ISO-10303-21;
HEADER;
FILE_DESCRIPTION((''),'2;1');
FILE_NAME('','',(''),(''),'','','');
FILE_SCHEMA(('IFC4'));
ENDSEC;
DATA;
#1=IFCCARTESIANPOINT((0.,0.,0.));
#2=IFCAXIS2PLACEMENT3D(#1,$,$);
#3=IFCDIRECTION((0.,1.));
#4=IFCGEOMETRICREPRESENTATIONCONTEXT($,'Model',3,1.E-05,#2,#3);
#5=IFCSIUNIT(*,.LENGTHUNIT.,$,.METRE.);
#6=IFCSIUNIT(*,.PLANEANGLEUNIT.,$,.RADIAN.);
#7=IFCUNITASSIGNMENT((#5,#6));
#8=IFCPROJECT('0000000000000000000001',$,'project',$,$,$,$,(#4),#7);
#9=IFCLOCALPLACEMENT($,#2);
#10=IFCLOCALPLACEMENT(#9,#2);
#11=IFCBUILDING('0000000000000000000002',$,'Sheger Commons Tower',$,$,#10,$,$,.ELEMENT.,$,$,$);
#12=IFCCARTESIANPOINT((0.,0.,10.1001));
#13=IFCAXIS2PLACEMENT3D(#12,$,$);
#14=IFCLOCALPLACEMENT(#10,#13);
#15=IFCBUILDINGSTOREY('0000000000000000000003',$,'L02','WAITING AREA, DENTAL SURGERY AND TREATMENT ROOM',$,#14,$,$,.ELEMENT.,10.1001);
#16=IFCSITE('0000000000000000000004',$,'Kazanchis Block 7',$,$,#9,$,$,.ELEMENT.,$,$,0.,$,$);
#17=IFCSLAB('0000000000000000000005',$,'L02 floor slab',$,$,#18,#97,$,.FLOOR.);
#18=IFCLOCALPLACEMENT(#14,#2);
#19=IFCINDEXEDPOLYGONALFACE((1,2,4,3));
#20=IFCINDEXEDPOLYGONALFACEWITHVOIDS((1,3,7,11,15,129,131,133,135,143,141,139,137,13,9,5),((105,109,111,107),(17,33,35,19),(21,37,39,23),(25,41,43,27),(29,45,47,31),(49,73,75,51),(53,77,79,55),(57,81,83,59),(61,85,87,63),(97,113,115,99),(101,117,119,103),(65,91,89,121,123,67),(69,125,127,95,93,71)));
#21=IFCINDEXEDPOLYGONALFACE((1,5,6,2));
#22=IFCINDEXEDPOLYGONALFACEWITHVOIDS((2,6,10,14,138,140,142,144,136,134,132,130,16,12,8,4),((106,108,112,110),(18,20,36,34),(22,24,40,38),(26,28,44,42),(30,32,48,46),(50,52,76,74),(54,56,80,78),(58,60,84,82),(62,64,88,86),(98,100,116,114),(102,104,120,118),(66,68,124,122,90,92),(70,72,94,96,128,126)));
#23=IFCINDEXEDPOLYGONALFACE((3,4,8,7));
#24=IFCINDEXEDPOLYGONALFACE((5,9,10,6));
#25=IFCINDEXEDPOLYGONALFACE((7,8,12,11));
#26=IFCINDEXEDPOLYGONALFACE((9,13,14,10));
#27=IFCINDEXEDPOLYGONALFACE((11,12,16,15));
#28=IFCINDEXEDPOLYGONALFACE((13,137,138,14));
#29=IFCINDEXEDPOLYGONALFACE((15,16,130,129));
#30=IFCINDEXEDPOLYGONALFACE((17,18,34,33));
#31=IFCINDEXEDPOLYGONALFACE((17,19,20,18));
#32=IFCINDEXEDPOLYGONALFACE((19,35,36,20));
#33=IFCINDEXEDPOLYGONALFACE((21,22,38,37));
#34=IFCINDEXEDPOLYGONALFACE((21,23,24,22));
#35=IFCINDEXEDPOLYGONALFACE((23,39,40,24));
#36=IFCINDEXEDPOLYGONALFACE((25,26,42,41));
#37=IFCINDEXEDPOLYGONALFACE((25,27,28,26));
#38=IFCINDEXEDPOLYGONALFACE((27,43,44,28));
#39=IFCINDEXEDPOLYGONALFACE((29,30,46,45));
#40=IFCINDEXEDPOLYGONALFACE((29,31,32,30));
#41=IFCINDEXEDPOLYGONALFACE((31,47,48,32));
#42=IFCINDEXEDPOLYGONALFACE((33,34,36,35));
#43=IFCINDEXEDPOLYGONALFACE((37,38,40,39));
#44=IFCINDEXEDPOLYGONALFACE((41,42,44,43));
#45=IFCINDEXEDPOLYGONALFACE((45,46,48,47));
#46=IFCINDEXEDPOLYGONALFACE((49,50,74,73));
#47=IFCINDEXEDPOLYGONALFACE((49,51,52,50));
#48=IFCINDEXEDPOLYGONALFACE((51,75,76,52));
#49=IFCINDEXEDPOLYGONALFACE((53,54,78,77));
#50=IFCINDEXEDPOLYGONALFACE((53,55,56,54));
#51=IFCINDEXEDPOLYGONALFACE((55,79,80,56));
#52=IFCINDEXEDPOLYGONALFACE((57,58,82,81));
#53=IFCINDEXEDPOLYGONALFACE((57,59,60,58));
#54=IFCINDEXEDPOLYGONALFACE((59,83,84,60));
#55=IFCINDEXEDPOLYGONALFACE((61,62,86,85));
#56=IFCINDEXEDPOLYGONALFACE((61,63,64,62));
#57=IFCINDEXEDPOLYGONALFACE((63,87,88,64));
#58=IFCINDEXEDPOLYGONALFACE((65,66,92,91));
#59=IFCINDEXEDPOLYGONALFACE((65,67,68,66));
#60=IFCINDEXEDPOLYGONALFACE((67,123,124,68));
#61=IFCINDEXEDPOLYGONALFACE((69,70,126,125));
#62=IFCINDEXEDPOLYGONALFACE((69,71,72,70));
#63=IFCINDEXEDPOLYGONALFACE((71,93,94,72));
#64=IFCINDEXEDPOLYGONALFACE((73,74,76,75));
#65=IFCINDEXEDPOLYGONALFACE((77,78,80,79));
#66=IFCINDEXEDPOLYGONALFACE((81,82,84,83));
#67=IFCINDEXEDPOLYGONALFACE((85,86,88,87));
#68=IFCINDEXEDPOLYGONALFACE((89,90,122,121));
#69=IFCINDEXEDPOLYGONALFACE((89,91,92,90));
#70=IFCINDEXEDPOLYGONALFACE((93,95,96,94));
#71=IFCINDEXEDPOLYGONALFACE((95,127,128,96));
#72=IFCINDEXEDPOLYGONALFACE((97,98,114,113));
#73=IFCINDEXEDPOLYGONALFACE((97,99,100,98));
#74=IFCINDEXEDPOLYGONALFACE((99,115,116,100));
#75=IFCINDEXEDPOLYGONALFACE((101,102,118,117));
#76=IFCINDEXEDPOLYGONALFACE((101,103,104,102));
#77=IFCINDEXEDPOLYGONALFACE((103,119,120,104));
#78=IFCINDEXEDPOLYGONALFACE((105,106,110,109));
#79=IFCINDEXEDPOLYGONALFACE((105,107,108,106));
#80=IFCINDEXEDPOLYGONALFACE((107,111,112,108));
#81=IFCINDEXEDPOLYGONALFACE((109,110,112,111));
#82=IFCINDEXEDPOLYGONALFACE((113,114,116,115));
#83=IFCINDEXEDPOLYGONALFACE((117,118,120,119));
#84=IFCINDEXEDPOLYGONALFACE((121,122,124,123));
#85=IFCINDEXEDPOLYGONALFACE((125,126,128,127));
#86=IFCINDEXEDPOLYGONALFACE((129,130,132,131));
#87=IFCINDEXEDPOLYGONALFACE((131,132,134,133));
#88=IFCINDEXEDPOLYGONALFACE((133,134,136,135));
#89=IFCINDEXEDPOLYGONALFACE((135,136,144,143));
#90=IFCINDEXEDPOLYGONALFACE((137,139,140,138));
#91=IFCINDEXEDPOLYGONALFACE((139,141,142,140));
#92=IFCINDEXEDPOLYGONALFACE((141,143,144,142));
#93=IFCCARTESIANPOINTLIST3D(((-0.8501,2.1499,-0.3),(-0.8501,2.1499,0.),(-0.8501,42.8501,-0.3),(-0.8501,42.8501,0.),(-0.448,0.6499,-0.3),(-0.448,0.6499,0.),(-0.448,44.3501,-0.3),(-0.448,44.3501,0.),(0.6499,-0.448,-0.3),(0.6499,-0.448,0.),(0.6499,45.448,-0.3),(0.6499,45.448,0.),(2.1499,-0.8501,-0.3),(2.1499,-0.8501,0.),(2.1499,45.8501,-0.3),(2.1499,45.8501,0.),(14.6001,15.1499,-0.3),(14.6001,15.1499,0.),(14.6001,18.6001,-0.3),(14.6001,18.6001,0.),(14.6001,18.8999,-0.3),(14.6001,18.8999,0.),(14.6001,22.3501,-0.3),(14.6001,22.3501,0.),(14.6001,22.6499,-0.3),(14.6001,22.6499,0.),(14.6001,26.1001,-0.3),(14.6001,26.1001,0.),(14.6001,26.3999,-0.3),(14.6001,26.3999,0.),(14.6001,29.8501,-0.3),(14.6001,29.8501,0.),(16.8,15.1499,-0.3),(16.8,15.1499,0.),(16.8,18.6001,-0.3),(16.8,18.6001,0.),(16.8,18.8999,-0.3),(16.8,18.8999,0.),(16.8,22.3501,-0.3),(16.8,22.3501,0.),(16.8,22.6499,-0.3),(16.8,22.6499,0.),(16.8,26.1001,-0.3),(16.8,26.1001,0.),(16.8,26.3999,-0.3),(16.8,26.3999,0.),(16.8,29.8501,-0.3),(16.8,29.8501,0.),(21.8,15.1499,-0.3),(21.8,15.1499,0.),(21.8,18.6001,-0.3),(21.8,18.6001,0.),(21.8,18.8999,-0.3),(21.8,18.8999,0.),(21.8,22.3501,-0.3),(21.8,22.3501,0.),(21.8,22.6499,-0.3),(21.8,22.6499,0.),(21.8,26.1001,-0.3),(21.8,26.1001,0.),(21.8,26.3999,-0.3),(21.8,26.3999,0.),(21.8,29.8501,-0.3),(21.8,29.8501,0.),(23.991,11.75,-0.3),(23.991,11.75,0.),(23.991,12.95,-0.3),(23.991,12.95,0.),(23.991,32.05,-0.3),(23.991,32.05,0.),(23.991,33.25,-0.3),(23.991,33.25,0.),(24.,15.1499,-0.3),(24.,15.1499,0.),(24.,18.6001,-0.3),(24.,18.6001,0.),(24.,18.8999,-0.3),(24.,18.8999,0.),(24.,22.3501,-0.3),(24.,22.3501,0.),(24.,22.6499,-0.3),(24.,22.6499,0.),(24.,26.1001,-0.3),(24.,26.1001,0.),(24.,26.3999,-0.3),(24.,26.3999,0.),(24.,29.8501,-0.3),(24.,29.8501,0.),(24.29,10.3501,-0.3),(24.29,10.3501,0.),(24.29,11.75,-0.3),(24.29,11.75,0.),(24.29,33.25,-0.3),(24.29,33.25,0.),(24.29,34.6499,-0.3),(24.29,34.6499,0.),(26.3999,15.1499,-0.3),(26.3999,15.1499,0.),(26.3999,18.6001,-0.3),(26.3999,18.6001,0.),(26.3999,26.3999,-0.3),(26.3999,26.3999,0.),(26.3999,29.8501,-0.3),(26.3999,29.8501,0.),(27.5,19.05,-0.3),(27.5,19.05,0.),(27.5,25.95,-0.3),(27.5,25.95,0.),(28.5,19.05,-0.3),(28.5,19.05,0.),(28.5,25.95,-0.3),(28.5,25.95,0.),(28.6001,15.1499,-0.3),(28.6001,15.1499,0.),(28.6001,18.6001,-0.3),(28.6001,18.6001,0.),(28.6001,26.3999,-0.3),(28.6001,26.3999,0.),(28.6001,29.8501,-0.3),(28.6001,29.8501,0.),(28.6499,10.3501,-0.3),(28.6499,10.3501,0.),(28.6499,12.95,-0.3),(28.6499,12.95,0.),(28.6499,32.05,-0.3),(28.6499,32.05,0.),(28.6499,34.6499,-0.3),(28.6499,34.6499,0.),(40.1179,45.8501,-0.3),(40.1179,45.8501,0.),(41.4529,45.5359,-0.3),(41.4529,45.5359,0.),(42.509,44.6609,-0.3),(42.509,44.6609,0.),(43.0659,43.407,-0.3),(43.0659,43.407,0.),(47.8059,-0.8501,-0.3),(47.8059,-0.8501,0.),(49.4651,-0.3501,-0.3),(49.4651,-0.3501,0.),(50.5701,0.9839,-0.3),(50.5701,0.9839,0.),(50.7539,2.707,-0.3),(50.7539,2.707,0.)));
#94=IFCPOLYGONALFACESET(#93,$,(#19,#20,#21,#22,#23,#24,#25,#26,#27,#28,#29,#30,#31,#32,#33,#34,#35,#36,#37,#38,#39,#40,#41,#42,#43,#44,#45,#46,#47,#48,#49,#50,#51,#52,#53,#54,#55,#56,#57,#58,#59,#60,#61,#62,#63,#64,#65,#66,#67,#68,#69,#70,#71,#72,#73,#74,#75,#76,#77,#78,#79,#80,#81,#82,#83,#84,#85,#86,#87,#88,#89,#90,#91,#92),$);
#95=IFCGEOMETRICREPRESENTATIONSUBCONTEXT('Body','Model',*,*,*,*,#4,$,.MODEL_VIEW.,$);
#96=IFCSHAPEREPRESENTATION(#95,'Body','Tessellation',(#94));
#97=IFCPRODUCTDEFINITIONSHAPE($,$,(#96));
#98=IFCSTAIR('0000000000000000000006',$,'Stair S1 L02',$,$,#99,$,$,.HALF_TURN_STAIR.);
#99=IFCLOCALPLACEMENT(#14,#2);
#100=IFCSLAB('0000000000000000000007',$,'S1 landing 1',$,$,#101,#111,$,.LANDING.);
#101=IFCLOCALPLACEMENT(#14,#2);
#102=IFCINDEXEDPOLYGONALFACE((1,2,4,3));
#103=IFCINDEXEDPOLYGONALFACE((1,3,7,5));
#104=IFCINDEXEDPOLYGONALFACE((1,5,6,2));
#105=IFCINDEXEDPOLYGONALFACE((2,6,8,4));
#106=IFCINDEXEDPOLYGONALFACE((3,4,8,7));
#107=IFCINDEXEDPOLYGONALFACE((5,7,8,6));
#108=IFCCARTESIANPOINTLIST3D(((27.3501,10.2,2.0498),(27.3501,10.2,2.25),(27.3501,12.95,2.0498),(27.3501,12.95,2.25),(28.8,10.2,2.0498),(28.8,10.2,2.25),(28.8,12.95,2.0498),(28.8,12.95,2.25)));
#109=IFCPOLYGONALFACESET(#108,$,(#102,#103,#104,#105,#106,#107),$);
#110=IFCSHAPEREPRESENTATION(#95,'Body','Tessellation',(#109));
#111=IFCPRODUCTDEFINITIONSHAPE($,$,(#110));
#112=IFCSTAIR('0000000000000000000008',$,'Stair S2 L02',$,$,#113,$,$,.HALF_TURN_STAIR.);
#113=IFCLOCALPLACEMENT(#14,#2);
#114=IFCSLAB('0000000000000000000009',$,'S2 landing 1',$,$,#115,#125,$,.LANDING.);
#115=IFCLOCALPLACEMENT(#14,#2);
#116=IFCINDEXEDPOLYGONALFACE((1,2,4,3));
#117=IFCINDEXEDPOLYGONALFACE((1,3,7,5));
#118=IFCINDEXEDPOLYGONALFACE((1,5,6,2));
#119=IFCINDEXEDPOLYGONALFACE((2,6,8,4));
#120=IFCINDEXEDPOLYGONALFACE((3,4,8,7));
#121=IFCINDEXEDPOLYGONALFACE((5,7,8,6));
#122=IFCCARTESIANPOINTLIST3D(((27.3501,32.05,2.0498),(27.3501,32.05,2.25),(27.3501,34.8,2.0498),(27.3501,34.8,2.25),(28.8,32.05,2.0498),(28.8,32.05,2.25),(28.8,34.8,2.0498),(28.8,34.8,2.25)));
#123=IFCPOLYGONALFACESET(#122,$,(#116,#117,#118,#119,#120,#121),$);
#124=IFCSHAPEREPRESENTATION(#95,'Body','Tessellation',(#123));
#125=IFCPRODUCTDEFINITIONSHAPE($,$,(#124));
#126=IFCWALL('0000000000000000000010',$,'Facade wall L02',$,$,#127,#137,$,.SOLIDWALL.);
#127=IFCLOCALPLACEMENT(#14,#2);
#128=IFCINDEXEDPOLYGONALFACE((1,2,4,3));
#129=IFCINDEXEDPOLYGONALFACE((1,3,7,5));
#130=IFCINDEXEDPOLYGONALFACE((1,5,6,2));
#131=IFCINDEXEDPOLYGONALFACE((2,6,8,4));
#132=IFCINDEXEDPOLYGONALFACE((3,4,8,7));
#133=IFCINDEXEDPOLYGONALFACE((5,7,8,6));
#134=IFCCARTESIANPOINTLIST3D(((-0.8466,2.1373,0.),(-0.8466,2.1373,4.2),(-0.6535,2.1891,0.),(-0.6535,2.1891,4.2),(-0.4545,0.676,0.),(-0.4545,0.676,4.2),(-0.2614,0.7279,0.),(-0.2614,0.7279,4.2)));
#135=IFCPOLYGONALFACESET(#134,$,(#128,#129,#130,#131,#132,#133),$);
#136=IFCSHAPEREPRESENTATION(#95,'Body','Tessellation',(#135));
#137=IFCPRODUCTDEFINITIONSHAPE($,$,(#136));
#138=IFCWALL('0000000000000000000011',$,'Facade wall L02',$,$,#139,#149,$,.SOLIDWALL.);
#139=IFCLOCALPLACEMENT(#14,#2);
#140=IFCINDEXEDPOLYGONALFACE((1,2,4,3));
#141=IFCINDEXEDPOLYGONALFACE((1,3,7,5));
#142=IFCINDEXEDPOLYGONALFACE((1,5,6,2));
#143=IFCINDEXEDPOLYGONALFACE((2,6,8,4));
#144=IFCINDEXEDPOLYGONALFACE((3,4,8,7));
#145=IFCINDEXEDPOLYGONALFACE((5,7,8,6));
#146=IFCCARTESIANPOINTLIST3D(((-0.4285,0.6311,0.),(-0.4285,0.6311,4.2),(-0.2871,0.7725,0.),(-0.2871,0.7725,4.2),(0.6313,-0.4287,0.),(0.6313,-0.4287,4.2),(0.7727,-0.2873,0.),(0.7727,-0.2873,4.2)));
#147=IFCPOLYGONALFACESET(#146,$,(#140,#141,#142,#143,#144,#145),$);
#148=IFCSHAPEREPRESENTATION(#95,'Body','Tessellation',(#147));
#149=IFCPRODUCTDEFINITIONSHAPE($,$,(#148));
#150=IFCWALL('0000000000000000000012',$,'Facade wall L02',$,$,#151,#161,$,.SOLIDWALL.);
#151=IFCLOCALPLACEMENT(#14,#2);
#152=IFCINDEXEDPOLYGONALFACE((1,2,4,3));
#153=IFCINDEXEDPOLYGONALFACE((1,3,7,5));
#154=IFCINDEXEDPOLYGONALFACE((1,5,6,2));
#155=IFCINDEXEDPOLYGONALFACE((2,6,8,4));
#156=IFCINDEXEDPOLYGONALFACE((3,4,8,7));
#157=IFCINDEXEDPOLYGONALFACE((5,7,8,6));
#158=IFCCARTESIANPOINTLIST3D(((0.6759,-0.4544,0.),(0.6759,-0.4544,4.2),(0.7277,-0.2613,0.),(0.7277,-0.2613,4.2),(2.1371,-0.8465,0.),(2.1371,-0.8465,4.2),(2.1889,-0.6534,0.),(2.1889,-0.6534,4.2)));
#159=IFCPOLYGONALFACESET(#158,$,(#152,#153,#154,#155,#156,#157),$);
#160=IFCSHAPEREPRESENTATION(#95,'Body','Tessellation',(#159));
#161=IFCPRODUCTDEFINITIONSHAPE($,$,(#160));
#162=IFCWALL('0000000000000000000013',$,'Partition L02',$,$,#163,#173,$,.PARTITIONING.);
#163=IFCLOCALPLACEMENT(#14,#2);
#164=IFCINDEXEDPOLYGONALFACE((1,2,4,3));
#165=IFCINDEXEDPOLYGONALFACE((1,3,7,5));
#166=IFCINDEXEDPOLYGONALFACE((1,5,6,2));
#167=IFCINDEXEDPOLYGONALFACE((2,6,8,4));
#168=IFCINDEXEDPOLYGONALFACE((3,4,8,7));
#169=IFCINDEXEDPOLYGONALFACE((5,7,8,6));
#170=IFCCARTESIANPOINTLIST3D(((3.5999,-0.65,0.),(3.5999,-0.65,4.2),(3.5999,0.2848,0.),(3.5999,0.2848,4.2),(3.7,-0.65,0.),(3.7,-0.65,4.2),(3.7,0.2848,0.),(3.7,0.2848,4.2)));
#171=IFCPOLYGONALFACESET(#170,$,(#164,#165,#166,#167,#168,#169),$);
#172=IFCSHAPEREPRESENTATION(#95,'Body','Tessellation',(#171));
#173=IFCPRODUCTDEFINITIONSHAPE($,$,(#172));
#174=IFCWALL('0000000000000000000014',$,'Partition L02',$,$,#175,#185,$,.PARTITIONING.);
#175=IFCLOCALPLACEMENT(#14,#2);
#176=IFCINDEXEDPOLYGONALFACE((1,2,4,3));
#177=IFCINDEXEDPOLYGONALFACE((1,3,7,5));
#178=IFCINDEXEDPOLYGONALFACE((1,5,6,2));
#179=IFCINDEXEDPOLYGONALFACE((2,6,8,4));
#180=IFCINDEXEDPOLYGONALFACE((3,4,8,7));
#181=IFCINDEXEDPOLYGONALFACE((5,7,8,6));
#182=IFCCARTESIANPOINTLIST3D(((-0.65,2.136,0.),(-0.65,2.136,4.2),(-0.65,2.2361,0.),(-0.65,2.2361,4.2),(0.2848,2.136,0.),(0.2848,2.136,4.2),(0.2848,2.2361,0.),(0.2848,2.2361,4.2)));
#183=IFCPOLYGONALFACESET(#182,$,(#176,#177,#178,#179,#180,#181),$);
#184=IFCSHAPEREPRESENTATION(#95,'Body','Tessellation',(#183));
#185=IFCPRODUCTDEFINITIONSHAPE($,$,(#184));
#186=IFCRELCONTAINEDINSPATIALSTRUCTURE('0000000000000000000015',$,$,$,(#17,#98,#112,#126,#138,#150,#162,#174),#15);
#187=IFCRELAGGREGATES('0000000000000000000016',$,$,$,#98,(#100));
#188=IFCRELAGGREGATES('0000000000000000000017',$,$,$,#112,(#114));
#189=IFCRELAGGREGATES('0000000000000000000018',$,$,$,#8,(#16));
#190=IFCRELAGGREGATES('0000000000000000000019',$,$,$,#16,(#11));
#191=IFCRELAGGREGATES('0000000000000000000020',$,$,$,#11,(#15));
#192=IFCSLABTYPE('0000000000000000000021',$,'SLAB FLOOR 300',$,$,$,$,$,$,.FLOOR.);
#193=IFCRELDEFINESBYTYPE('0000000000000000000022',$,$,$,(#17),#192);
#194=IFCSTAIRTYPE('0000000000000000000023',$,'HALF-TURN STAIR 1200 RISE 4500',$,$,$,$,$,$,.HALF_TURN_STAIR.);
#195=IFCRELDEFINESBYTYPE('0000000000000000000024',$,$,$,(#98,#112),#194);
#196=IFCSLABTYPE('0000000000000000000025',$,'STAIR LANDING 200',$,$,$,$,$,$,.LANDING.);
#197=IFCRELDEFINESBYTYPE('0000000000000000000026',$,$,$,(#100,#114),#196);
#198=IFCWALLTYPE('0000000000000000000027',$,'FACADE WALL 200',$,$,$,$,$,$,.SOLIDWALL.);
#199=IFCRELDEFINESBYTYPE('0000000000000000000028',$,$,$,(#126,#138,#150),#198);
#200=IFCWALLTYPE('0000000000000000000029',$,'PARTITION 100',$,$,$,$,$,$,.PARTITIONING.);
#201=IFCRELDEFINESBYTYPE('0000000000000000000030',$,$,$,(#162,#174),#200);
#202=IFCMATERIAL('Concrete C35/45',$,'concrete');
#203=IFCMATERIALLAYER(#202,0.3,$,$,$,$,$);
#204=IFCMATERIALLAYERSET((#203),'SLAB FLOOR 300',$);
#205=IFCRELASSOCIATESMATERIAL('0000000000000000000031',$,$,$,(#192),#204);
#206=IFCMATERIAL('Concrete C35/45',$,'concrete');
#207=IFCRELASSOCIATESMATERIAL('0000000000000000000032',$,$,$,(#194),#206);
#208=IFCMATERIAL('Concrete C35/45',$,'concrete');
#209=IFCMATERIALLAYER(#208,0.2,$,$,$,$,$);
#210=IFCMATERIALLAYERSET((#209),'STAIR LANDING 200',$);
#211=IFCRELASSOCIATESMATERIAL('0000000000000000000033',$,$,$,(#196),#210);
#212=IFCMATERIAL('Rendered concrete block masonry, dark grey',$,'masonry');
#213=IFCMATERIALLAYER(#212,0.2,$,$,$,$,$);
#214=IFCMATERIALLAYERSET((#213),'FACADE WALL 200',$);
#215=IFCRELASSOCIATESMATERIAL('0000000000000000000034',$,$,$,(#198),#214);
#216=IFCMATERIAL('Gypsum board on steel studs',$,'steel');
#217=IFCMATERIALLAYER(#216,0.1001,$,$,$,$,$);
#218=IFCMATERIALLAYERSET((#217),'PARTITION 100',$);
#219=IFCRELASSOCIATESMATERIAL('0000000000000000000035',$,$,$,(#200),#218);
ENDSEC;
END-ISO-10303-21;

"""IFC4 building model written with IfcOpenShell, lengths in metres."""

from ifc_helpers import new_model, si_unit, direction, frame, frame_2d, origin, place, context, subcontext, project, spatial, polyline, rectangle, outline, extrude, material, layer, layer_set, type_object, element, aggregate, save


model = new_model("IFC4")

# Units and contexts
model_context = context("Model", 3, precision=1e-05, world=origin(), true_north=direction((0.0, 1.0)))
body_context = subcontext(model_context, "Body", "Model", "MODEL_VIEW")
ifc_project = project(units=[si_unit("LENGTHUNIT", "METRE"), si_unit("PLANEANGLEUNIT", "RADIAN")], contexts=[model_context])

# Site, building, storey
site_placement = place(None, origin())
site = spatial("IfcSite", under=ifc_project, at=site_placement, Name="Kazanchis Block 7", CompositionType="ELEMENT", RefElevation=0.0)
building_placement = place(site_placement, origin())
building = spatial("IfcBuilding", under=site, at=building_placement, Name="Sheger Commons Tower", CompositionType="ELEMENT")
storey_placement = place(building_placement, frame((0.0, 0.0, 10.1001)))
storey = spatial("IfcBuildingStorey", under=building, at=storey_placement, Name="L02", Description="WAITING AREA, DENTAL SURGERY AND TREATMENT ROOM", CompositionType="ELEMENT", Elevation=10.1001)

# Slab
ifc_material_1 = material(Name="Concrete C35/45", Category="concrete")
ifc_layer_1 = layer(ifc_material_1, 0.3)
ifc_layer_set_1 = layer_set([ifc_layer_1], Name="SLAB FLOOR 300")
slab_type_1 = type_object("IfcSlabType", Name="SLAB FLOOR 300", PredefinedType="FLOOR", material=ifc_layer_set_1)
slab_1_placement = place(storey_placement, frame((0.0, 0.0, -0.3)))
element("IfcSlab", 1, at=slab_1_placement, inside=storey, type_object=slab_type_1, Name="L02 floor slab", PredefinedType="FLOOR", context=body_context, shape_type="SweptSolid", body=[
    extrude(outline(polyline([(-0.8501, 2.1499), (-0.448, 0.6499), (0.6499, -0.448), (2.1499, -0.8501), (47.8059, -0.8501), (49.4651, -0.3501), (50.5701, 0.9839), (50.7539, 2.707), (43.0659, 43.407), (42.509, 44.6609), (41.4529, 45.5359), (40.1179, 45.8501), (2.1499, 45.8501), (0.6499, 45.448), (-0.448, 44.3501), (-0.8501, 42.8501), (-0.8501, 2.1499)]), holes=[polyline([(24.29, 10.3501), (28.6499, 10.3501), (28.6499, 12.95), (23.991, 12.95), (23.991, 11.75), (24.29, 11.75), (24.29, 10.3501)]), polyline([(23.991, 32.05), (28.6499, 32.05), (28.6499, 34.6499), (24.29, 34.6499), (24.29, 33.25), (23.991, 33.25), (23.991, 32.05)]), polyline([(26.3999, 15.1499), (28.6001, 15.1499), (28.6001, 18.6001), (26.3999, 18.6001), (26.3999, 15.1499)]), polyline([(26.3999, 26.3999), (28.6001, 26.3999), (28.6001, 29.8501), (26.3999, 29.8501), (26.3999, 26.3999)]), polyline([(14.6001, 15.1499), (16.8, 15.1499), (16.8, 18.6001), (14.6001, 18.6001), (14.6001, 15.1499)]), polyline([(14.6001, 18.8999), (16.8, 18.8999), (16.8, 22.3501), (14.6001, 22.3501), (14.6001, 18.8999)]), polyline([(14.6001, 22.6499), (16.8, 22.6499), (16.8, 26.1001), (14.6001, 26.1001), (14.6001, 22.6499)]), polyline([(14.6001, 26.3999), (16.8, 26.3999), (16.8, 29.8501), (14.6001, 29.8501), (14.6001, 26.3999)]), polyline([(21.8, 15.1499), (24.0, 15.1499), (24.0, 18.6001), (21.8, 18.6001), (21.8, 15.1499)]), polyline([(21.8, 18.8999), (24.0, 18.8999), (24.0, 22.3501), (21.8, 22.3501), (21.8, 18.8999)]), polyline([(21.8, 22.6499), (24.0, 22.6499), (24.0, 26.1001), (21.8, 26.1001), (21.8, 22.6499)]), polyline([(21.8, 26.3999), (24.0, 26.3999), (24.0, 29.8501), (21.8, 29.8501), (21.8, 26.3999)]), polyline([(27.5, 19.05), (28.5, 19.05), (28.5, 25.95), (27.5, 25.95), (27.5, 19.05)])]), origin(), (0.0, 0.0, 1.0), 0.3),
])

# Stairs, slabs
ifc_material_2 = material(Name="Concrete C35/45", Category="concrete")
stair_type = type_object("IfcStairType", Name="HALF-TURN STAIR 1200 RISE 4500", PredefinedType="HALF_TURN_STAIR", material=ifc_material_2)
stair_1_placement = place(storey_placement, origin())
stair_1 = element("IfcStair", 2, at=stair_1_placement, inside=storey, type_object=stair_type, Name="Stair S1 L02", PredefinedType="HALF_TURN_STAIR")
ifc_material_3 = material(Name="Concrete C35/45", Category="concrete")
ifc_layer_2 = layer(ifc_material_3, 0.2)
ifc_layer_set_2 = layer_set([ifc_layer_2], Name="STAIR LANDING 200")
slab_type_2 = type_object("IfcSlabType", Name="STAIR LANDING 200", PredefinedType="LANDING", material=ifc_layer_set_2)
slab_2_placement = place(storey_placement, frame((0.0, 0.0, 2.0498)))
slab_2 = element("IfcSlab", 3, at=slab_2_placement, type_object=slab_type_2, Name="S1 landing 1", PredefinedType="LANDING", context=body_context, shape_type="SweptSolid", body=[
    extrude(outline(polyline([(27.3501, 10.2), (28.8, 10.2), (28.8, 12.95), (27.3501, 12.95), (27.3501, 10.2)])), origin(), (0.0, 0.0, 1.0), 0.2002),
])
aggregate(stair_1, [slab_2])
stair_2_placement = place(storey_placement, origin())
stair_2 = element("IfcStair", 4, at=stair_2_placement, inside=storey, type_object=stair_type, Name="Stair S2 L02", PredefinedType="HALF_TURN_STAIR")
slab_3_placement = place(storey_placement, frame((0.0, 0.0, 2.0498)))
slab_3 = element("IfcSlab", 5, at=slab_3_placement, type_object=slab_type_2, Name="S2 landing 1", PredefinedType="LANDING", context=body_context, shape_type="SweptSolid", body=[
    extrude(outline(polyline([(27.3501, 32.05), (28.8, 32.05), (28.8, 34.8), (27.3501, 34.8), (27.3501, 32.05)])), origin(), (0.0, 0.0, 1.0), 0.2002),
])
aggregate(stair_2, [slab_3])

# Walls
ifc_material_4 = material(Name="Rendered concrete block masonry, dark grey", Category="masonry")
ifc_layer_3 = layer(ifc_material_4, 0.2)
ifc_layer_set_3 = layer_set([ifc_layer_3], Name="FACADE WALL 200")
wall_type_1 = type_object("IfcWallType", Name="FACADE WALL 200", PredefinedType="SOLIDWALL", material=ifc_layer_set_3)
wall_1_placement = place(storey_placement, frame((-0.75, 2.1631, 0.0), z_axis=(0.0, 0.0, 1.0), x_axis=(0.259169, -0.965832, 0.0)))
element("IfcWall", 6, at=wall_1_placement, inside=storey, type_object=wall_type_1, Name="Facade wall L02", PredefinedType="SOLIDWALL", context=body_context, shape_type="SweptSolid", body=[
    extrude(rectangle(XDim=1.5129, YDim=0.2, at=frame_2d((0.7563, 0.0))), origin(), (0.0, 0.0, 1.0), 4.2),
])
wall_2_placement = place(storey_placement, frame((-0.3579, 0.7019, 0.0), z_axis=(0.0, 0.0, 1.0), x_axis=(0.707107, -0.707107, 0.0)))
element("IfcWall", 7, at=wall_2_placement, inside=storey, type_object=wall_type_1, Name="Facade wall L02", PredefinedType="SOLIDWALL", context=body_context, shape_type="SweptSolid", body=[
    extrude(rectangle(XDim=1.4988, YDim=0.2, at=frame_2d((0.7495, 0.0))), origin(), (0.0, 0.0, 1.0), 4.2),
])
wall_3_placement = place(storey_placement, frame((0.7019, -0.3579, 0.0), z_axis=(0.0, 0.0, 1.0), x_axis=(0.965832, -0.259169, 0.0)))
element("IfcWall", 8, at=wall_3_placement, inside=storey, type_object=wall_type_1, Name="Facade wall L02", PredefinedType="SOLIDWALL", context=body_context, shape_type="SweptSolid", body=[
    extrude(rectangle(XDim=1.5129, YDim=0.2, at=frame_2d((0.7563, 0.0))), origin(), (0.0, 0.0, 1.0), 4.2),
])
ifc_material_5 = material(Name="Gypsum board on steel studs", Category="steel")
ifc_layer_4 = layer(ifc_material_5, 0.1001)
ifc_layer_set_4 = layer_set([ifc_layer_4], Name="PARTITION 100")
wall_type_2 = type_object("IfcWallType", Name="PARTITION 100", PredefinedType="PARTITIONING", material=ifc_layer_set_4)
for number, where, z_axis, x_axis, name in (
    (9, (3.6499, -0.6499, 0.0), (0.0, 0.0, 1.0), (0.0, 1.0, 0.0), "Partition L02"),
    (10, (-0.6499, 2.186, 0.0), (0.0, 0.0, 1.0), (1.0, 0.0, 0.0), "Partition L02"),
):
    element("IfcWall", number, at=place(storey_placement, frame(where, z_axis=z_axis, x_axis=x_axis)), inside=storey, type_object=wall_type_2, Name=name, PredefinedType="PARTITIONING", context=body_context, shape_type="SweptSolid", body=[
        extrude(rectangle(XDim=0.9348, YDim=0.1001, at=frame_2d((0.4673, 0.0))), origin(), (0.0, 0.0, 1.0), 4.2),
    ])

save(model, "model.ifc")
